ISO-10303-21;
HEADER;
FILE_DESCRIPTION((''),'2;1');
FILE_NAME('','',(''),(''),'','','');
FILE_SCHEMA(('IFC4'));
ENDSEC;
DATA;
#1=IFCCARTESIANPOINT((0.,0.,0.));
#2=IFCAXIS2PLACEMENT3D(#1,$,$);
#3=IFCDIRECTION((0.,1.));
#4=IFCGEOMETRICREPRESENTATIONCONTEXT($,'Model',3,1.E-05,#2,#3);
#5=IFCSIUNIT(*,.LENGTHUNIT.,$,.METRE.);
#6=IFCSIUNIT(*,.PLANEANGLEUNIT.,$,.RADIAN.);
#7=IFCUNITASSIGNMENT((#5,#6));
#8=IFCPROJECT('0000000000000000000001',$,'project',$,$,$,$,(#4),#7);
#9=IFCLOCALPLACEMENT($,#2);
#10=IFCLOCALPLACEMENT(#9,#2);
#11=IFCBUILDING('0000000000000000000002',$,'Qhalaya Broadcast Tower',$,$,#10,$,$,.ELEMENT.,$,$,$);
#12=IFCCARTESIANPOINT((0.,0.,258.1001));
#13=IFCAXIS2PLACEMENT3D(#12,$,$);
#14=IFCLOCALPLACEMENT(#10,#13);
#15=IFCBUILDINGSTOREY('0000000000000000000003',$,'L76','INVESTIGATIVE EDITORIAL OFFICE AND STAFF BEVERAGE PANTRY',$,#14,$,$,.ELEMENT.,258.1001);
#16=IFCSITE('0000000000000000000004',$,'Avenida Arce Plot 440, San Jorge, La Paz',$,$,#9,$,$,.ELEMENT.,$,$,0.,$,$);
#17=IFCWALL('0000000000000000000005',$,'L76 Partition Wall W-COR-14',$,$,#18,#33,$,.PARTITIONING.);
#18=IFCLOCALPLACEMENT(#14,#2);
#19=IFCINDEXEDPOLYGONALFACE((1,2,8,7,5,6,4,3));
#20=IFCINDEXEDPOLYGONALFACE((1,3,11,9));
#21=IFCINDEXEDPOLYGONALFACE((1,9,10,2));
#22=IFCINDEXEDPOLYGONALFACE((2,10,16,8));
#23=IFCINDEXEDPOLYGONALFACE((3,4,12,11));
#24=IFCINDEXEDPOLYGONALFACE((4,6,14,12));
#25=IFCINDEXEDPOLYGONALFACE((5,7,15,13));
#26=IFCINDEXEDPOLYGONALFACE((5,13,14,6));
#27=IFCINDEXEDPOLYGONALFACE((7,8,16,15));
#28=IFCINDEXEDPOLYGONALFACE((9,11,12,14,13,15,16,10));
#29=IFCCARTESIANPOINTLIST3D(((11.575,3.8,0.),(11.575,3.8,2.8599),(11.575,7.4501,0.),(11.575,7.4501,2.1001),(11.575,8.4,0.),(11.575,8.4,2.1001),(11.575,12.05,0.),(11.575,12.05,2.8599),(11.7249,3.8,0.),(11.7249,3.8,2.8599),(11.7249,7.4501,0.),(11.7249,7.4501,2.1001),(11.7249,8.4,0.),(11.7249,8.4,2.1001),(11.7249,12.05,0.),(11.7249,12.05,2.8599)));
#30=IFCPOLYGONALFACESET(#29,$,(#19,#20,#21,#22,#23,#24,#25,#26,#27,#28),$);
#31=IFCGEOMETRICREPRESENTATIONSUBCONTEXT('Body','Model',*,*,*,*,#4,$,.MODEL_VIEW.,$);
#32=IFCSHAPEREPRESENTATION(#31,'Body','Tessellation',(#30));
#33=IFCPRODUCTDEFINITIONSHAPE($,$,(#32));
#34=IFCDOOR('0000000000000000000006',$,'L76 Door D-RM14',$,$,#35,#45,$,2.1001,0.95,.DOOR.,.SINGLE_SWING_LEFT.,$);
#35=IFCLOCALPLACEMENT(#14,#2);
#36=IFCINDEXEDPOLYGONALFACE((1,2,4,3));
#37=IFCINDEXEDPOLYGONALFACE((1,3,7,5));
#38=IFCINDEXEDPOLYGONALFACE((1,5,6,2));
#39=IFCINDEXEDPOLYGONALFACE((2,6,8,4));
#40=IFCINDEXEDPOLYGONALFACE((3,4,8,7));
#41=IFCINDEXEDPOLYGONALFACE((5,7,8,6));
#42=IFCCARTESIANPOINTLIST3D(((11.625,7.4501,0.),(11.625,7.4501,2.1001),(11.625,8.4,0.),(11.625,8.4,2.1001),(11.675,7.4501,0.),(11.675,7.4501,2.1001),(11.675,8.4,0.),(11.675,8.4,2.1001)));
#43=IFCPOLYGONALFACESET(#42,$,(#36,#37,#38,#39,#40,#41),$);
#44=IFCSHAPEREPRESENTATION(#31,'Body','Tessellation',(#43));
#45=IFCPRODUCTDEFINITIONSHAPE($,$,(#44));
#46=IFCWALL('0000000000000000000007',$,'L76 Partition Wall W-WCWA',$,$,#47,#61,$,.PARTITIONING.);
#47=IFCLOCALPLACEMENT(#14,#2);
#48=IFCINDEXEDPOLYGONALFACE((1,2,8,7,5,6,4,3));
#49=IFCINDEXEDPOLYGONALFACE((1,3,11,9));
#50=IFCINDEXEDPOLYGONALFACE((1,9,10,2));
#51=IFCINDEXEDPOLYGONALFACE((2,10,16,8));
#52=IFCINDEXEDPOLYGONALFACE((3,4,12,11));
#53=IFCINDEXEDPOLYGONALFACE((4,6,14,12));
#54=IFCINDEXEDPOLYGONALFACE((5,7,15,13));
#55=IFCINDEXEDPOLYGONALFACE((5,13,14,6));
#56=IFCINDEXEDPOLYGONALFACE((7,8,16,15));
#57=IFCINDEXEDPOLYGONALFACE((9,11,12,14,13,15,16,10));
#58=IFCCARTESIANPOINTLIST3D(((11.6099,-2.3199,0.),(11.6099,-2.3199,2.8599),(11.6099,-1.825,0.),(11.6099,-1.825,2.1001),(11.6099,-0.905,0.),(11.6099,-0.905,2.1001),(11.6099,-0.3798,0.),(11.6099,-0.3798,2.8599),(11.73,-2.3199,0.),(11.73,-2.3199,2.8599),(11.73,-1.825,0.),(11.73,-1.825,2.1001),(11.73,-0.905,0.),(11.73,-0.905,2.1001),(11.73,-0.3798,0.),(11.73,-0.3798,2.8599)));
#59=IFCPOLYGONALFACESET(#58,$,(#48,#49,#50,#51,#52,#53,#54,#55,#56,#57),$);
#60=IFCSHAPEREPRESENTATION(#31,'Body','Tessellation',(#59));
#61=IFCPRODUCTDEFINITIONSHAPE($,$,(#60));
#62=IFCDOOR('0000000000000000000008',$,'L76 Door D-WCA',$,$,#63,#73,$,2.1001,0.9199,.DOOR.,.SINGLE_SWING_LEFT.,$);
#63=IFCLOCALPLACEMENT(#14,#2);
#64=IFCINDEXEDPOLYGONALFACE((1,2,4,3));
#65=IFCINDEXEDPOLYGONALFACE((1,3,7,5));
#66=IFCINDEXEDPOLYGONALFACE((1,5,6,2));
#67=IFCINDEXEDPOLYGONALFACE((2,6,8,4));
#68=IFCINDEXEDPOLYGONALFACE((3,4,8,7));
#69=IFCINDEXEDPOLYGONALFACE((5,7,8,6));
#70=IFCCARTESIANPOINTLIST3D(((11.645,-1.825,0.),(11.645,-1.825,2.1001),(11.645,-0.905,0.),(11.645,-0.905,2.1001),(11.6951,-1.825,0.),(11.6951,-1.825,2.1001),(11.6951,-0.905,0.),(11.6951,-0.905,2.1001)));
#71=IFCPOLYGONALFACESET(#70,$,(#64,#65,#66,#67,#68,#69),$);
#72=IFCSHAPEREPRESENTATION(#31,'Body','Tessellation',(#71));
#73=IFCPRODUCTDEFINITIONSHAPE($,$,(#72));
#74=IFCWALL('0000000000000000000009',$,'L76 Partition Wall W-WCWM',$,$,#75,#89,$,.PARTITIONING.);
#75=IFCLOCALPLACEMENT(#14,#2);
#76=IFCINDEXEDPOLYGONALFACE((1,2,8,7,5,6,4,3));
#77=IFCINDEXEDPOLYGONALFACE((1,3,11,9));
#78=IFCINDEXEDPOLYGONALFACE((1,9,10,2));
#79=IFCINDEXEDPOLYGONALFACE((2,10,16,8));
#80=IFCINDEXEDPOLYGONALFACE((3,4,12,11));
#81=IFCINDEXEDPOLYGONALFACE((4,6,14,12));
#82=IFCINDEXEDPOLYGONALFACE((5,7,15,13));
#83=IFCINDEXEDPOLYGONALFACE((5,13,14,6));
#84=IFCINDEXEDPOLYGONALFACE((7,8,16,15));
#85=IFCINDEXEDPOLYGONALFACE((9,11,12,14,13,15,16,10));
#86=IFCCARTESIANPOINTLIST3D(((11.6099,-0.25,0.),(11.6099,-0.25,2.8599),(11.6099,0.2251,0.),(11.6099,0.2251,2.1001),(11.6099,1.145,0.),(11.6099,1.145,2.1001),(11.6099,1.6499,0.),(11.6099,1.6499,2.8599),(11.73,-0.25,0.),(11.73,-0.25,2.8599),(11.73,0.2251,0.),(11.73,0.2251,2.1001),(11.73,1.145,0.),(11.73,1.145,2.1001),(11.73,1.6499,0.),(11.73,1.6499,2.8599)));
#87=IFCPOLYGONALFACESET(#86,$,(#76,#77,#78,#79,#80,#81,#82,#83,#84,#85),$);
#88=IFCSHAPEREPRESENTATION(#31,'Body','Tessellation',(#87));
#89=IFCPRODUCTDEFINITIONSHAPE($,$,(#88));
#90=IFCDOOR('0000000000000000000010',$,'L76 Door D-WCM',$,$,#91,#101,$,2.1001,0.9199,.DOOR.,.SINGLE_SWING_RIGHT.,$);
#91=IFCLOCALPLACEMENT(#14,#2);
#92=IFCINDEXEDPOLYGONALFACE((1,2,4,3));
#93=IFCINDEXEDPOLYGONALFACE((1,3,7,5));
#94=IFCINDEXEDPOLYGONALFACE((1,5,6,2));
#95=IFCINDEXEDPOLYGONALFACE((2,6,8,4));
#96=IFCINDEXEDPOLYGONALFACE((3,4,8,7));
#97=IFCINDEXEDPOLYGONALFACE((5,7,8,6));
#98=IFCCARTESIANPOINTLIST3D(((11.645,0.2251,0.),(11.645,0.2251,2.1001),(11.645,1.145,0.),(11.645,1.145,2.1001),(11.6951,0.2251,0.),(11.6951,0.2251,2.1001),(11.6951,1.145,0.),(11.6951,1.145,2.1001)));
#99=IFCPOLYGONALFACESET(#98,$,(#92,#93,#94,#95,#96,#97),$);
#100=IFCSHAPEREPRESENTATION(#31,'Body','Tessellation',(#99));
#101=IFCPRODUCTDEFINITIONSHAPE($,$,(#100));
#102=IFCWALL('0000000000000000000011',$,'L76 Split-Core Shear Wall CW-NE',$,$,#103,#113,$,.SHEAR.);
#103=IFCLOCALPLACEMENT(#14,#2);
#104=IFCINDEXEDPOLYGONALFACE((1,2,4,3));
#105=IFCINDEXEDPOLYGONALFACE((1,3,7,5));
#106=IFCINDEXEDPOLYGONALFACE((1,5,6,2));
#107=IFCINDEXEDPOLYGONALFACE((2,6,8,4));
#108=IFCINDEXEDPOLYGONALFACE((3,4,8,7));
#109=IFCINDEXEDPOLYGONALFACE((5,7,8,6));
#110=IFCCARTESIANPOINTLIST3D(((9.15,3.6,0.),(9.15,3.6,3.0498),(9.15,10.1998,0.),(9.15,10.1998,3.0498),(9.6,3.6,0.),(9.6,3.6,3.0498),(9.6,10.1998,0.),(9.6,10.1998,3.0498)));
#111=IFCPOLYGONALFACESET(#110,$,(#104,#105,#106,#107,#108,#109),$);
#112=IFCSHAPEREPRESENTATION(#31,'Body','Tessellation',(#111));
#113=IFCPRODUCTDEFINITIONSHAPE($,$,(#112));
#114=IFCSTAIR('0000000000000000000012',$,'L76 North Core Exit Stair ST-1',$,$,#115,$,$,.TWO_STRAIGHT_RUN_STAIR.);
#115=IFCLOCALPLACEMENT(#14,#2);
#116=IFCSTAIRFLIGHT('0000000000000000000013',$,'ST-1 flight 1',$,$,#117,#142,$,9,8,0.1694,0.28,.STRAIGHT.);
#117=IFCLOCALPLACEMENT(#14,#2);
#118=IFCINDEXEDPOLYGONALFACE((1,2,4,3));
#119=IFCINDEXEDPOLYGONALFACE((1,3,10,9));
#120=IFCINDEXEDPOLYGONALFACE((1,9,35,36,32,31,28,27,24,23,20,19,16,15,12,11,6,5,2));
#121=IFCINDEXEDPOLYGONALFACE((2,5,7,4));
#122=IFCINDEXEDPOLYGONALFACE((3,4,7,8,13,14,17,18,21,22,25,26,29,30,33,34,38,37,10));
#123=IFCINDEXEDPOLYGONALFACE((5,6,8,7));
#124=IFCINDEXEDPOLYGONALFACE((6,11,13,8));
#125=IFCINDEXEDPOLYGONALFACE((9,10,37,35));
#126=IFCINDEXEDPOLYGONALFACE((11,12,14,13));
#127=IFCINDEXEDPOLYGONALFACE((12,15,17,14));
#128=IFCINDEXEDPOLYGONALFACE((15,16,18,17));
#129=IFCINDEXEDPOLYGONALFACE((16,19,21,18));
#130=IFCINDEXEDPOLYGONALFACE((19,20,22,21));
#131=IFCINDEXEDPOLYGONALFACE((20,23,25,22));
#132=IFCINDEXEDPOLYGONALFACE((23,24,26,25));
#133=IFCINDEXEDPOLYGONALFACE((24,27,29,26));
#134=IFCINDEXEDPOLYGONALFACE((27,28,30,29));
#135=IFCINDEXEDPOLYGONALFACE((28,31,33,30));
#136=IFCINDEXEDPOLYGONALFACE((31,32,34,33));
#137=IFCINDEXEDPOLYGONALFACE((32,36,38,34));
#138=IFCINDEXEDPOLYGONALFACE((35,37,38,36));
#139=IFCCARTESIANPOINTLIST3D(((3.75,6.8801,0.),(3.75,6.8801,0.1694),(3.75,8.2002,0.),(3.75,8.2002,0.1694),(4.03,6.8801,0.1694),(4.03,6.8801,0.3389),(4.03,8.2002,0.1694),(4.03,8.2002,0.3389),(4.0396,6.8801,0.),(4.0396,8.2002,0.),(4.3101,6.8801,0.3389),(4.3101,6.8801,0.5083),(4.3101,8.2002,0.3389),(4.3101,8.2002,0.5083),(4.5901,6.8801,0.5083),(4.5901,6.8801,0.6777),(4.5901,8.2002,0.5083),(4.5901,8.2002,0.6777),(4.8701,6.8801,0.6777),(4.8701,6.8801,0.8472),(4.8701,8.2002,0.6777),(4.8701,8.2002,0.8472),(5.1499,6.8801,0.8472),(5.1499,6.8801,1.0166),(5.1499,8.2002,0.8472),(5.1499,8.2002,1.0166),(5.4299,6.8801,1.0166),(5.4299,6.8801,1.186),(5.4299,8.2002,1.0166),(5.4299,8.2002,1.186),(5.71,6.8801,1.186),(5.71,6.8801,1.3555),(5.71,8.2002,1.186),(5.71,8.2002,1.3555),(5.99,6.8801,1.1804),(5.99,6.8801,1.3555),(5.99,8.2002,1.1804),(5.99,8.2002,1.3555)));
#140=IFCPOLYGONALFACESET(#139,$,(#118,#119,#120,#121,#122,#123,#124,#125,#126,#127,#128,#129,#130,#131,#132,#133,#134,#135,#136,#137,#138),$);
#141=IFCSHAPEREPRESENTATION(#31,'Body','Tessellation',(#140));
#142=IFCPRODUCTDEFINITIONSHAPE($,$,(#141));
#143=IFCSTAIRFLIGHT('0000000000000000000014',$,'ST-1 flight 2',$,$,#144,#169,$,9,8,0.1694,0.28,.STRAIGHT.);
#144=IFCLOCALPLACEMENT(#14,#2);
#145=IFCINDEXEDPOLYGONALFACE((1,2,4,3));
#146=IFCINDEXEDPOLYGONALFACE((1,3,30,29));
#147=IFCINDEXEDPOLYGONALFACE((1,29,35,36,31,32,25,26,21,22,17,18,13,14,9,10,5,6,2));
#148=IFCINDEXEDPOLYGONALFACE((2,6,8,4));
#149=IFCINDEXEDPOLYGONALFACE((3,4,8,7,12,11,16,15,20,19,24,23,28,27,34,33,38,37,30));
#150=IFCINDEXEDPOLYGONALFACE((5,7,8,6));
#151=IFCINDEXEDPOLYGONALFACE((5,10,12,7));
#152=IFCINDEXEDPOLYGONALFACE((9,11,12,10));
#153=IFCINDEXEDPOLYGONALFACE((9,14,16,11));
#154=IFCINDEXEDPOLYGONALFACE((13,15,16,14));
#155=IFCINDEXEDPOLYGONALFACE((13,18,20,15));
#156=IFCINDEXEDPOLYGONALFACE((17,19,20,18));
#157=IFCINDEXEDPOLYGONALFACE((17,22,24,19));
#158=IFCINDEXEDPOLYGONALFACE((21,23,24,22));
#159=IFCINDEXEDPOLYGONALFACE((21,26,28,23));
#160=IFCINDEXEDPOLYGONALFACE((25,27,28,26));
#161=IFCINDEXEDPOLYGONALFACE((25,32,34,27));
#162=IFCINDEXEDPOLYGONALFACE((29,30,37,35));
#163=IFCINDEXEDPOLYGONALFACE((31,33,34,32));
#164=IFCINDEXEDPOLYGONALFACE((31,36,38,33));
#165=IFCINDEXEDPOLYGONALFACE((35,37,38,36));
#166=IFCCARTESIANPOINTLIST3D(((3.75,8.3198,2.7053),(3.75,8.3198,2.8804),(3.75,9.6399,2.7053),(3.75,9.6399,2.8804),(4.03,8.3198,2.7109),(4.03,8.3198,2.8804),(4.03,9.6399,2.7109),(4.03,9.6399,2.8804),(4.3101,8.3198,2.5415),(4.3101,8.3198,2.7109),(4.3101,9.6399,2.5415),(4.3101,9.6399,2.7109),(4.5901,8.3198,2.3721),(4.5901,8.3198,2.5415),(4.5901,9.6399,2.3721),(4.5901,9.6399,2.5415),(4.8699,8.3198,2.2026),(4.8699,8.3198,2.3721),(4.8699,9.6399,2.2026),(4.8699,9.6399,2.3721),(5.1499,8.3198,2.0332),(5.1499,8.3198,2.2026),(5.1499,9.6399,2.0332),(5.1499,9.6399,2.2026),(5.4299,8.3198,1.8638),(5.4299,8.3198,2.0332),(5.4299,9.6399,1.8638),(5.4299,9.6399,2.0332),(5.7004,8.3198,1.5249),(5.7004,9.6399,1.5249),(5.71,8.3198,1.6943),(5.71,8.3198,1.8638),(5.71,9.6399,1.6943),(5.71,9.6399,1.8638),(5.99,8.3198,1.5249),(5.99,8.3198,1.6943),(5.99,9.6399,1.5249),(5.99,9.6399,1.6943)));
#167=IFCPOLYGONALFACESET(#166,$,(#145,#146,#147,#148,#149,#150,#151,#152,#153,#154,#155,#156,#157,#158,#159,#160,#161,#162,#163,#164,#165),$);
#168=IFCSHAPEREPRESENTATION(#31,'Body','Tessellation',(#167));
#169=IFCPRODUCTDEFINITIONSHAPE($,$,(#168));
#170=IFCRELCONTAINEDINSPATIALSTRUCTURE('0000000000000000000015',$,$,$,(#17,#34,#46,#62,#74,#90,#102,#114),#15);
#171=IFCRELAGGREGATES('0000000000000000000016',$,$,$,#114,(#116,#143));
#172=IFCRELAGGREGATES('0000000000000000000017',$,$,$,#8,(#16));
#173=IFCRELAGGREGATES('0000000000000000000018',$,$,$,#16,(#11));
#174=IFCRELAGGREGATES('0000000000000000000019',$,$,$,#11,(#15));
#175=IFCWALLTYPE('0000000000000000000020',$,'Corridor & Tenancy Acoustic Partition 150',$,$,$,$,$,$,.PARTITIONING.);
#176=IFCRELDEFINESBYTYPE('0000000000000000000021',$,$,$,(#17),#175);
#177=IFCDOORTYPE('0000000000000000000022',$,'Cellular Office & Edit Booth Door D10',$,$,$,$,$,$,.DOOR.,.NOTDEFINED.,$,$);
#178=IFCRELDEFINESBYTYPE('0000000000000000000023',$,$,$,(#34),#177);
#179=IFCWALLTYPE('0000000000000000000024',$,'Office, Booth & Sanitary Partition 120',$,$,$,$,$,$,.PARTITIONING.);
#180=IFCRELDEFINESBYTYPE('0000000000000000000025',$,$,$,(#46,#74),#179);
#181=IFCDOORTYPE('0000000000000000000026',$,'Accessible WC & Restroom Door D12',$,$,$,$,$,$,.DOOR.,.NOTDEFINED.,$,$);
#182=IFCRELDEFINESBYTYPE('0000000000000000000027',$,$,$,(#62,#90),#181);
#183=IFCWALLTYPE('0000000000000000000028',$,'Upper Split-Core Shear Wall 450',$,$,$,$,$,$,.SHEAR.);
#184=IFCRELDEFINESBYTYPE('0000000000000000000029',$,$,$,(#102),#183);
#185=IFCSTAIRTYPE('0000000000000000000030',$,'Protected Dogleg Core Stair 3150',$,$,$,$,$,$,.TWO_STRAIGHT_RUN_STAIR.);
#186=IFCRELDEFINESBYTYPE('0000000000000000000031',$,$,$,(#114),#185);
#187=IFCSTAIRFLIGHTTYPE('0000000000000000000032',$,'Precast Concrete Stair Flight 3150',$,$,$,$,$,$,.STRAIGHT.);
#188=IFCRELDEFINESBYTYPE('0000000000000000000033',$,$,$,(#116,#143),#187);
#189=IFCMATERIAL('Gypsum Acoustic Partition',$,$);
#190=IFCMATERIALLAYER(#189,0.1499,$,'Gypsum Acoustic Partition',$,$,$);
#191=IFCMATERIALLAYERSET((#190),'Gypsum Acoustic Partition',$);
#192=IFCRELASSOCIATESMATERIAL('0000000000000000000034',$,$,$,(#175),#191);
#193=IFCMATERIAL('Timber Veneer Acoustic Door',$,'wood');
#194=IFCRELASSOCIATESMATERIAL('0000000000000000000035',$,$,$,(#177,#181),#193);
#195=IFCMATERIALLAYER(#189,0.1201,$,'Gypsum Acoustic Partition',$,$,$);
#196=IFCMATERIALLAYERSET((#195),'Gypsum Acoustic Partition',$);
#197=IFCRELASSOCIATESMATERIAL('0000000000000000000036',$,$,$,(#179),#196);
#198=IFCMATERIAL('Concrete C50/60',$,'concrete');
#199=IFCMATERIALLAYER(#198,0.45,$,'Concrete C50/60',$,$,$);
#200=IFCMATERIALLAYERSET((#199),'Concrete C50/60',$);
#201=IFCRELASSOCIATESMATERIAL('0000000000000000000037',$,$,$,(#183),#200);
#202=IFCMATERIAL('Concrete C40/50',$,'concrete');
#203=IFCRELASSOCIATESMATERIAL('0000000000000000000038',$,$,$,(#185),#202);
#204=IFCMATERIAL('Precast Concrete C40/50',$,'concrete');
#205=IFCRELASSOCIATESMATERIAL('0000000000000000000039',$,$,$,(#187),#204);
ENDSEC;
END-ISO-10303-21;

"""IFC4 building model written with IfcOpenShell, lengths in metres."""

from ifc_helpers import new_model, si_unit, direction, frame, frame_2d, origin, place, context, subcontext, project, spatial, polyline, rectangle, outline, extrude, material, layer, layer_set, type_object, element, fill, aggregate, save


model = new_model("IFC4")

# Units and contexts
model_context = context("Model", 3, precision=1e-05, world=origin(), true_north=direction((0.0, 1.0)))
body_context = subcontext(model_context, "Body", "Model", "MODEL_VIEW")
ifc_project = project(units=[si_unit("LENGTHUNIT", "METRE"), si_unit("PLANEANGLEUNIT", "RADIAN")], contexts=[model_context])

# Site, building, storey
site_placement = place(None, origin())
site = spatial("IfcSite", under=ifc_project, at=site_placement, Name="Avenida Arce Plot 440, San Jorge, La Paz", CompositionType="ELEMENT", RefElevation=0.0)
building_placement = place(site_placement, origin())
building = spatial("IfcBuilding", under=site, at=building_placement, Name="Qhalaya Broadcast Tower", CompositionType="ELEMENT")
storey_placement = place(building_placement, frame((0.0, 0.0, 258.1001)))
storey = spatial("IfcBuildingStorey", under=building, at=storey_placement, Name="L76", Description="INVESTIGATIVE EDITORIAL OFFICE AND STAFF BEVERAGE PANTRY", CompositionType="ELEMENT", Elevation=258.1001)

# Shared definitions
ifc_material_1 = material(Name="Concrete C50/60", Category="concrete")

# Walls, openings, doors
ifc_material_2 = material(Name="Gypsum Acoustic Partition")
ifc_layer_1 = layer(ifc_material_2, 0.1499, Name="Gypsum Acoustic Partition")
ifc_layer_set_1 = layer_set([ifc_layer_1], Name="Gypsum Acoustic Partition")
wall_type_1 = type_object("IfcWallType", Name="Corridor & Tenancy Acoustic Partition 150", PredefinedType="PARTITIONING", material=ifc_layer_set_1)
wall_1_placement = place(storey_placement, frame((11.6499, 3.8, 0.0), z_axis=(0.0, 0.0, 1.0), x_axis=(0.0, 1.0, 0.0)))
wall_1 = element("IfcWall", 1, at=wall_1_placement, inside=storey, type_object=wall_type_1, Name="L76 Partition Wall W-COR-14", PredefinedType="PARTITIONING", context=body_context, shape_type="SweptSolid", body=[
    extrude(rectangle(XDim=8.25, YDim=0.1499, at=frame_2d((4.125, 0.0))), origin(), (0.0, 0.0, 1.0), 2.8599),
])
opening_1_placement = place(wall_1_placement, frame((3.6499, 0.0, 0.0)))
opening_1 = element("IfcOpeningElement", 2, at=opening_1_placement, cuts=wall_1, PredefinedType="OPENING", context=body_context, shape_type="SweptSolid", body=[
    extrude(rectangle(XDim=0.95, YDim=2.1001, at=frame_2d((0.4751, 1.05))), frame((0.0, 0.0869, 0.0), z_axis=(0.0, -1.0, 0.0), x_axis=(1.0, 0.0, 0.0)), (0.0, 0.0, 1.0), 0.1738),
])
ifc_material_3 = material(Name="Timber Veneer Acoustic Door", Category="wood")
door_type_1 = type_object("IfcDoorType", Name="Cellular Office & Edit Booth Door D10", OperationType="NOTDEFINED", PredefinedType="DOOR", material=ifc_material_3)
door_1_placement = place(opening_1_placement, origin())
door_1 = element("IfcDoor", 3, at=door_1_placement, inside=storey, type_object=door_type_1, Name="L76 Door D-RM14", OperationType="SINGLE_SWING_LEFT", OverallHeight=2.1001, OverallWidth=0.95, PredefinedType="DOOR", context=body_context, shape_type="SweptSolid", body=[
    extrude(rectangle(XDim=0.95, YDim=2.1001, at=frame_2d((0.4751, 1.05))), frame((0.0, 0.0249, 0.0), z_axis=(0.0, -1.0, 0.0), x_axis=(1.0, 0.0, 0.0)), (0.0, 0.0, 1.0), 0.05),
])
fill(opening_1, door_1)
ifc_layer_2 = layer(ifc_material_2, 0.1201, Name="Gypsum Acoustic Partition")
ifc_layer_set_2 = layer_set([ifc_layer_2], Name="Gypsum Acoustic Partition")
wall_type_2 = type_object("IfcWallType", Name="Office, Booth & Sanitary Partition 120", PredefinedType="PARTITIONING", material=ifc_layer_set_2)
wall_2_placement = place(storey_placement, frame((11.6699, -2.3201, 0.0), z_axis=(0.0, 0.0, 1.0), x_axis=(0.0, 1.0, 0.0)))
wall_2 = element("IfcWall", 4, at=wall_2_placement, inside=storey, type_object=wall_type_2, Name="L76 Partition Wall W-WCWA", PredefinedType="PARTITIONING", context=body_context, shape_type="SweptSolid", body=[
    extrude(rectangle(XDim=1.9402, YDim=0.1201, at=frame_2d((0.9702, 0.0))), origin(), (0.0, 0.0, 1.0), 2.8599),
])
opening_2_placement = place(wall_2_placement, frame((0.4951, 0.0, 0.0)))
opening_2 = element("IfcOpeningElement", 5, at=opening_2_placement, cuts=wall_2, PredefinedType="OPENING", context=body_context, shape_type="SweptSolid", body=[
    extrude(rectangle(XDim=0.9199, YDim=2.1001, at=frame_2d((0.46, 1.05))), frame((0.0, 0.072, 0.0), z_axis=(0.0, -1.0, 0.0), x_axis=(1.0, 0.0, 0.0)), (0.0, 0.0, 1.0), 0.144),
])
door_type_2 = type_object("IfcDoorType", Name="Accessible WC & Restroom Door D12", OperationType="NOTDEFINED", PredefinedType="DOOR", material=ifc_material_3)
door_2_placement = place(opening_2_placement, origin())
door_2 = element("IfcDoor", 6, at=door_2_placement, inside=storey, type_object=door_type_2, Name="L76 Door D-WCA", OperationType="SINGLE_SWING_LEFT", OverallHeight=2.1001, OverallWidth=0.9199, PredefinedType="DOOR", context=body_context, shape_type="SweptSolid", body=[
    extrude(rectangle(XDim=0.9199, YDim=2.1001, at=frame_2d((0.46, 1.05))), frame((0.0, 0.0249, 0.0), z_axis=(0.0, -1.0, 0.0), x_axis=(1.0, 0.0, 0.0)), (0.0, 0.0, 1.0), 0.05),
])
fill(opening_2, door_2)
wall_3_placement = place(storey_placement, frame((11.6699, -0.25, 0.0), z_axis=(0.0, 0.0, 1.0), x_axis=(0.0, 1.0, 0.0)))
wall_3 = element("IfcWall", 7, at=wall_3_placement, inside=storey, type_object=wall_type_2, Name="L76 Partition Wall W-WCWM", PredefinedType="PARTITIONING", context=body_context, shape_type="SweptSolid", body=[
    extrude(rectangle(XDim=1.8999, YDim=0.1201, at=frame_2d((0.95, 0.0))), origin(), (0.0, 0.0, 1.0), 2.8599),
])
opening_3_placement = place(wall_3_placement, frame((0.4751, 0.0, 0.0)))
opening_3 = element("IfcOpeningElement", 8, at=opening_3_placement, cuts=wall_3, PredefinedType="OPENING", context=body_context, shape_type="SweptSolid", body=[
    extrude(rectangle(XDim=0.9199, YDim=2.1001, at=frame_2d((0.46, 1.05))), frame((0.0, 0.072, 0.0), z_axis=(0.0, -1.0, 0.0), x_axis=(1.0, 0.0, 0.0)), (0.0, 0.0, 1.0), 0.144),
])
door_3_placement = place(opening_3_placement, origin())
door_3 = element("IfcDoor", 9, at=door_3_placement, inside=storey, type_object=door_type_2, Name="L76 Door D-WCM", OperationType="SINGLE_SWING_RIGHT", OverallHeight=2.1001, OverallWidth=0.9199, PredefinedType="DOOR", context=body_context, shape_type="SweptSolid", body=[
    extrude(rectangle(XDim=0.9199, YDim=2.1001, at=frame_2d((0.46, 1.05))), frame((0.0, 0.0249, 0.0), z_axis=(0.0, -1.0, 0.0), x_axis=(1.0, 0.0, 0.0)), (0.0, 0.0, 1.0), 0.05),
])
fill(opening_3, door_3)

# Wall
ifc_layer_3 = layer(ifc_material_1, 0.45, Name="Concrete C50/60")
ifc_layer_set_3 = layer_set([ifc_layer_3], Name="Concrete C50/60")
wall_type_3 = type_object("IfcWallType", Name="Upper Split-Core Shear Wall 450", PredefinedType="SHEAR", material=ifc_layer_set_3)
wall_4_placement = place(storey_placement, frame((9.375, 3.6001, 0.0), z_axis=(0.0, 0.0, 1.0), x_axis=(0.0, 1.0, 0.0)))
element("IfcWall", 10, at=wall_4_placement, inside=storey, type_object=wall_type_3, Name="L76 Split-Core Shear Wall CW-NE", PredefinedType="SHEAR", context=body_context, shape_type="SweptSolid", body=[
    extrude(rectangle(XDim=6.5999, YDim=0.45, at=frame_2d((3.2998, 0.0))), origin(), (0.0, 0.0, 1.0), 3.0498),
])

# Stair, stair flights
ifc_material_4 = material(Name="Concrete C40/50", Category="concrete")
stair_type = type_object("IfcStairType", Name="Protected Dogleg Core Stair 3150", PredefinedType="TWO_STRAIGHT_RUN_STAIR", material=ifc_material_4)
stair_placement = place(storey_placement, origin())
stair = element("IfcStair", 11, at=stair_placement, inside=storey, type_object=stair_type, Name="L76 North Core Exit Stair ST-1", PredefinedType="TWO_STRAIGHT_RUN_STAIR")
ifc_material_5 = material(Name="Precast Concrete C40/50", Category="concrete")
stair_flight_type = type_object("IfcStairFlightType", Name="Precast Concrete Stair Flight 3150", PredefinedType="STRAIGHT", material=ifc_material_5)
stair_flight_1_placement = place(storey_placement, frame((3.75, 7.54, 0.0), z_axis=(0.0, 0.0, 1.0), x_axis=(1.0, 0.0, 0.0)))
stair_flight_1 = element("IfcStairFlight", 12, at=stair_flight_1_placement, type_object=stair_flight_type, Name="ST-1 flight 1", NumberOfRisers=9, NumberOfTreads=8, PredefinedType="STRAIGHT", RiserHeight=0.1694, TreadLength=0.28, context=body_context, shape_type="SweptSolid", body=[
    extrude(outline(polyline([(0.0, 0.0), (0.0, 0.1694), (0.28, 0.1694), (0.28, 0.3389), (0.5601, 0.3389), (0.5601, 0.5083), (0.8401, 0.5083), (0.8401, 0.6777), (1.1201, 0.6777), (1.1201, 0.8472), (1.3999, 0.8472), (1.3999, 1.0166), (1.6799, 1.0166), (1.6799, 1.186), (1.96, 1.186), (1.96, 1.3555), (2.24, 1.3555), (2.24, 1.5249), (2.24, 1.1804), (0.2896, 0.0), (0.0, 0.0)])), frame((0.0, 0.6602, 0.0), z_axis=(0.0, -1.0, 0.0), x_axis=(1.0, 0.0, 0.0)), (0.0, 0.0, 1.0), 1.3201),
])
stair_flight_2_placement = place(storey_placement, frame((5.99, 8.98, 1.5249), z_axis=(0.0, 0.0, 1.0), x_axis=(-1.0, 0.0, 0.0)))
stair_flight_2 = element("IfcStairFlight", 13, at=stair_flight_2_placement, type_object=stair_flight_type, Name="ST-1 flight 2", NumberOfRisers=9, NumberOfTreads=8, PredefinedType="STRAIGHT", RiserHeight=0.1694, TreadLength=0.28, context=body_context, shape_type="SweptSolid", body=[
    extrude(outline(polyline([(0.0, 0.0), (0.0, 0.1694), (0.28, 0.1694), (0.28, 0.3389), (0.5601, 0.3389), (0.5601, 0.5083), (0.8401, 0.5083), (0.8401, 0.6777), (1.1201, 0.6777), (1.1201, 0.8472), (1.3999, 0.8472), (1.3999, 1.0166), (1.6799, 1.0166), (1.6799, 1.186), (1.96, 1.186), (1.96, 1.3555), (2.24, 1.3555), (2.24, 1.5249), (2.24, 1.1804), (0.2896, 0.0), (0.0, 0.0)])), frame((0.0, 0.6602, 0.0), z_axis=(0.0, -1.0, 0.0), x_axis=(1.0, 0.0, 0.0)), (0.0, 0.0, 1.0), 1.3201),
])
aggregate(stair, [stair_flight_1, stair_flight_2])

save(model, "model.ifc")
